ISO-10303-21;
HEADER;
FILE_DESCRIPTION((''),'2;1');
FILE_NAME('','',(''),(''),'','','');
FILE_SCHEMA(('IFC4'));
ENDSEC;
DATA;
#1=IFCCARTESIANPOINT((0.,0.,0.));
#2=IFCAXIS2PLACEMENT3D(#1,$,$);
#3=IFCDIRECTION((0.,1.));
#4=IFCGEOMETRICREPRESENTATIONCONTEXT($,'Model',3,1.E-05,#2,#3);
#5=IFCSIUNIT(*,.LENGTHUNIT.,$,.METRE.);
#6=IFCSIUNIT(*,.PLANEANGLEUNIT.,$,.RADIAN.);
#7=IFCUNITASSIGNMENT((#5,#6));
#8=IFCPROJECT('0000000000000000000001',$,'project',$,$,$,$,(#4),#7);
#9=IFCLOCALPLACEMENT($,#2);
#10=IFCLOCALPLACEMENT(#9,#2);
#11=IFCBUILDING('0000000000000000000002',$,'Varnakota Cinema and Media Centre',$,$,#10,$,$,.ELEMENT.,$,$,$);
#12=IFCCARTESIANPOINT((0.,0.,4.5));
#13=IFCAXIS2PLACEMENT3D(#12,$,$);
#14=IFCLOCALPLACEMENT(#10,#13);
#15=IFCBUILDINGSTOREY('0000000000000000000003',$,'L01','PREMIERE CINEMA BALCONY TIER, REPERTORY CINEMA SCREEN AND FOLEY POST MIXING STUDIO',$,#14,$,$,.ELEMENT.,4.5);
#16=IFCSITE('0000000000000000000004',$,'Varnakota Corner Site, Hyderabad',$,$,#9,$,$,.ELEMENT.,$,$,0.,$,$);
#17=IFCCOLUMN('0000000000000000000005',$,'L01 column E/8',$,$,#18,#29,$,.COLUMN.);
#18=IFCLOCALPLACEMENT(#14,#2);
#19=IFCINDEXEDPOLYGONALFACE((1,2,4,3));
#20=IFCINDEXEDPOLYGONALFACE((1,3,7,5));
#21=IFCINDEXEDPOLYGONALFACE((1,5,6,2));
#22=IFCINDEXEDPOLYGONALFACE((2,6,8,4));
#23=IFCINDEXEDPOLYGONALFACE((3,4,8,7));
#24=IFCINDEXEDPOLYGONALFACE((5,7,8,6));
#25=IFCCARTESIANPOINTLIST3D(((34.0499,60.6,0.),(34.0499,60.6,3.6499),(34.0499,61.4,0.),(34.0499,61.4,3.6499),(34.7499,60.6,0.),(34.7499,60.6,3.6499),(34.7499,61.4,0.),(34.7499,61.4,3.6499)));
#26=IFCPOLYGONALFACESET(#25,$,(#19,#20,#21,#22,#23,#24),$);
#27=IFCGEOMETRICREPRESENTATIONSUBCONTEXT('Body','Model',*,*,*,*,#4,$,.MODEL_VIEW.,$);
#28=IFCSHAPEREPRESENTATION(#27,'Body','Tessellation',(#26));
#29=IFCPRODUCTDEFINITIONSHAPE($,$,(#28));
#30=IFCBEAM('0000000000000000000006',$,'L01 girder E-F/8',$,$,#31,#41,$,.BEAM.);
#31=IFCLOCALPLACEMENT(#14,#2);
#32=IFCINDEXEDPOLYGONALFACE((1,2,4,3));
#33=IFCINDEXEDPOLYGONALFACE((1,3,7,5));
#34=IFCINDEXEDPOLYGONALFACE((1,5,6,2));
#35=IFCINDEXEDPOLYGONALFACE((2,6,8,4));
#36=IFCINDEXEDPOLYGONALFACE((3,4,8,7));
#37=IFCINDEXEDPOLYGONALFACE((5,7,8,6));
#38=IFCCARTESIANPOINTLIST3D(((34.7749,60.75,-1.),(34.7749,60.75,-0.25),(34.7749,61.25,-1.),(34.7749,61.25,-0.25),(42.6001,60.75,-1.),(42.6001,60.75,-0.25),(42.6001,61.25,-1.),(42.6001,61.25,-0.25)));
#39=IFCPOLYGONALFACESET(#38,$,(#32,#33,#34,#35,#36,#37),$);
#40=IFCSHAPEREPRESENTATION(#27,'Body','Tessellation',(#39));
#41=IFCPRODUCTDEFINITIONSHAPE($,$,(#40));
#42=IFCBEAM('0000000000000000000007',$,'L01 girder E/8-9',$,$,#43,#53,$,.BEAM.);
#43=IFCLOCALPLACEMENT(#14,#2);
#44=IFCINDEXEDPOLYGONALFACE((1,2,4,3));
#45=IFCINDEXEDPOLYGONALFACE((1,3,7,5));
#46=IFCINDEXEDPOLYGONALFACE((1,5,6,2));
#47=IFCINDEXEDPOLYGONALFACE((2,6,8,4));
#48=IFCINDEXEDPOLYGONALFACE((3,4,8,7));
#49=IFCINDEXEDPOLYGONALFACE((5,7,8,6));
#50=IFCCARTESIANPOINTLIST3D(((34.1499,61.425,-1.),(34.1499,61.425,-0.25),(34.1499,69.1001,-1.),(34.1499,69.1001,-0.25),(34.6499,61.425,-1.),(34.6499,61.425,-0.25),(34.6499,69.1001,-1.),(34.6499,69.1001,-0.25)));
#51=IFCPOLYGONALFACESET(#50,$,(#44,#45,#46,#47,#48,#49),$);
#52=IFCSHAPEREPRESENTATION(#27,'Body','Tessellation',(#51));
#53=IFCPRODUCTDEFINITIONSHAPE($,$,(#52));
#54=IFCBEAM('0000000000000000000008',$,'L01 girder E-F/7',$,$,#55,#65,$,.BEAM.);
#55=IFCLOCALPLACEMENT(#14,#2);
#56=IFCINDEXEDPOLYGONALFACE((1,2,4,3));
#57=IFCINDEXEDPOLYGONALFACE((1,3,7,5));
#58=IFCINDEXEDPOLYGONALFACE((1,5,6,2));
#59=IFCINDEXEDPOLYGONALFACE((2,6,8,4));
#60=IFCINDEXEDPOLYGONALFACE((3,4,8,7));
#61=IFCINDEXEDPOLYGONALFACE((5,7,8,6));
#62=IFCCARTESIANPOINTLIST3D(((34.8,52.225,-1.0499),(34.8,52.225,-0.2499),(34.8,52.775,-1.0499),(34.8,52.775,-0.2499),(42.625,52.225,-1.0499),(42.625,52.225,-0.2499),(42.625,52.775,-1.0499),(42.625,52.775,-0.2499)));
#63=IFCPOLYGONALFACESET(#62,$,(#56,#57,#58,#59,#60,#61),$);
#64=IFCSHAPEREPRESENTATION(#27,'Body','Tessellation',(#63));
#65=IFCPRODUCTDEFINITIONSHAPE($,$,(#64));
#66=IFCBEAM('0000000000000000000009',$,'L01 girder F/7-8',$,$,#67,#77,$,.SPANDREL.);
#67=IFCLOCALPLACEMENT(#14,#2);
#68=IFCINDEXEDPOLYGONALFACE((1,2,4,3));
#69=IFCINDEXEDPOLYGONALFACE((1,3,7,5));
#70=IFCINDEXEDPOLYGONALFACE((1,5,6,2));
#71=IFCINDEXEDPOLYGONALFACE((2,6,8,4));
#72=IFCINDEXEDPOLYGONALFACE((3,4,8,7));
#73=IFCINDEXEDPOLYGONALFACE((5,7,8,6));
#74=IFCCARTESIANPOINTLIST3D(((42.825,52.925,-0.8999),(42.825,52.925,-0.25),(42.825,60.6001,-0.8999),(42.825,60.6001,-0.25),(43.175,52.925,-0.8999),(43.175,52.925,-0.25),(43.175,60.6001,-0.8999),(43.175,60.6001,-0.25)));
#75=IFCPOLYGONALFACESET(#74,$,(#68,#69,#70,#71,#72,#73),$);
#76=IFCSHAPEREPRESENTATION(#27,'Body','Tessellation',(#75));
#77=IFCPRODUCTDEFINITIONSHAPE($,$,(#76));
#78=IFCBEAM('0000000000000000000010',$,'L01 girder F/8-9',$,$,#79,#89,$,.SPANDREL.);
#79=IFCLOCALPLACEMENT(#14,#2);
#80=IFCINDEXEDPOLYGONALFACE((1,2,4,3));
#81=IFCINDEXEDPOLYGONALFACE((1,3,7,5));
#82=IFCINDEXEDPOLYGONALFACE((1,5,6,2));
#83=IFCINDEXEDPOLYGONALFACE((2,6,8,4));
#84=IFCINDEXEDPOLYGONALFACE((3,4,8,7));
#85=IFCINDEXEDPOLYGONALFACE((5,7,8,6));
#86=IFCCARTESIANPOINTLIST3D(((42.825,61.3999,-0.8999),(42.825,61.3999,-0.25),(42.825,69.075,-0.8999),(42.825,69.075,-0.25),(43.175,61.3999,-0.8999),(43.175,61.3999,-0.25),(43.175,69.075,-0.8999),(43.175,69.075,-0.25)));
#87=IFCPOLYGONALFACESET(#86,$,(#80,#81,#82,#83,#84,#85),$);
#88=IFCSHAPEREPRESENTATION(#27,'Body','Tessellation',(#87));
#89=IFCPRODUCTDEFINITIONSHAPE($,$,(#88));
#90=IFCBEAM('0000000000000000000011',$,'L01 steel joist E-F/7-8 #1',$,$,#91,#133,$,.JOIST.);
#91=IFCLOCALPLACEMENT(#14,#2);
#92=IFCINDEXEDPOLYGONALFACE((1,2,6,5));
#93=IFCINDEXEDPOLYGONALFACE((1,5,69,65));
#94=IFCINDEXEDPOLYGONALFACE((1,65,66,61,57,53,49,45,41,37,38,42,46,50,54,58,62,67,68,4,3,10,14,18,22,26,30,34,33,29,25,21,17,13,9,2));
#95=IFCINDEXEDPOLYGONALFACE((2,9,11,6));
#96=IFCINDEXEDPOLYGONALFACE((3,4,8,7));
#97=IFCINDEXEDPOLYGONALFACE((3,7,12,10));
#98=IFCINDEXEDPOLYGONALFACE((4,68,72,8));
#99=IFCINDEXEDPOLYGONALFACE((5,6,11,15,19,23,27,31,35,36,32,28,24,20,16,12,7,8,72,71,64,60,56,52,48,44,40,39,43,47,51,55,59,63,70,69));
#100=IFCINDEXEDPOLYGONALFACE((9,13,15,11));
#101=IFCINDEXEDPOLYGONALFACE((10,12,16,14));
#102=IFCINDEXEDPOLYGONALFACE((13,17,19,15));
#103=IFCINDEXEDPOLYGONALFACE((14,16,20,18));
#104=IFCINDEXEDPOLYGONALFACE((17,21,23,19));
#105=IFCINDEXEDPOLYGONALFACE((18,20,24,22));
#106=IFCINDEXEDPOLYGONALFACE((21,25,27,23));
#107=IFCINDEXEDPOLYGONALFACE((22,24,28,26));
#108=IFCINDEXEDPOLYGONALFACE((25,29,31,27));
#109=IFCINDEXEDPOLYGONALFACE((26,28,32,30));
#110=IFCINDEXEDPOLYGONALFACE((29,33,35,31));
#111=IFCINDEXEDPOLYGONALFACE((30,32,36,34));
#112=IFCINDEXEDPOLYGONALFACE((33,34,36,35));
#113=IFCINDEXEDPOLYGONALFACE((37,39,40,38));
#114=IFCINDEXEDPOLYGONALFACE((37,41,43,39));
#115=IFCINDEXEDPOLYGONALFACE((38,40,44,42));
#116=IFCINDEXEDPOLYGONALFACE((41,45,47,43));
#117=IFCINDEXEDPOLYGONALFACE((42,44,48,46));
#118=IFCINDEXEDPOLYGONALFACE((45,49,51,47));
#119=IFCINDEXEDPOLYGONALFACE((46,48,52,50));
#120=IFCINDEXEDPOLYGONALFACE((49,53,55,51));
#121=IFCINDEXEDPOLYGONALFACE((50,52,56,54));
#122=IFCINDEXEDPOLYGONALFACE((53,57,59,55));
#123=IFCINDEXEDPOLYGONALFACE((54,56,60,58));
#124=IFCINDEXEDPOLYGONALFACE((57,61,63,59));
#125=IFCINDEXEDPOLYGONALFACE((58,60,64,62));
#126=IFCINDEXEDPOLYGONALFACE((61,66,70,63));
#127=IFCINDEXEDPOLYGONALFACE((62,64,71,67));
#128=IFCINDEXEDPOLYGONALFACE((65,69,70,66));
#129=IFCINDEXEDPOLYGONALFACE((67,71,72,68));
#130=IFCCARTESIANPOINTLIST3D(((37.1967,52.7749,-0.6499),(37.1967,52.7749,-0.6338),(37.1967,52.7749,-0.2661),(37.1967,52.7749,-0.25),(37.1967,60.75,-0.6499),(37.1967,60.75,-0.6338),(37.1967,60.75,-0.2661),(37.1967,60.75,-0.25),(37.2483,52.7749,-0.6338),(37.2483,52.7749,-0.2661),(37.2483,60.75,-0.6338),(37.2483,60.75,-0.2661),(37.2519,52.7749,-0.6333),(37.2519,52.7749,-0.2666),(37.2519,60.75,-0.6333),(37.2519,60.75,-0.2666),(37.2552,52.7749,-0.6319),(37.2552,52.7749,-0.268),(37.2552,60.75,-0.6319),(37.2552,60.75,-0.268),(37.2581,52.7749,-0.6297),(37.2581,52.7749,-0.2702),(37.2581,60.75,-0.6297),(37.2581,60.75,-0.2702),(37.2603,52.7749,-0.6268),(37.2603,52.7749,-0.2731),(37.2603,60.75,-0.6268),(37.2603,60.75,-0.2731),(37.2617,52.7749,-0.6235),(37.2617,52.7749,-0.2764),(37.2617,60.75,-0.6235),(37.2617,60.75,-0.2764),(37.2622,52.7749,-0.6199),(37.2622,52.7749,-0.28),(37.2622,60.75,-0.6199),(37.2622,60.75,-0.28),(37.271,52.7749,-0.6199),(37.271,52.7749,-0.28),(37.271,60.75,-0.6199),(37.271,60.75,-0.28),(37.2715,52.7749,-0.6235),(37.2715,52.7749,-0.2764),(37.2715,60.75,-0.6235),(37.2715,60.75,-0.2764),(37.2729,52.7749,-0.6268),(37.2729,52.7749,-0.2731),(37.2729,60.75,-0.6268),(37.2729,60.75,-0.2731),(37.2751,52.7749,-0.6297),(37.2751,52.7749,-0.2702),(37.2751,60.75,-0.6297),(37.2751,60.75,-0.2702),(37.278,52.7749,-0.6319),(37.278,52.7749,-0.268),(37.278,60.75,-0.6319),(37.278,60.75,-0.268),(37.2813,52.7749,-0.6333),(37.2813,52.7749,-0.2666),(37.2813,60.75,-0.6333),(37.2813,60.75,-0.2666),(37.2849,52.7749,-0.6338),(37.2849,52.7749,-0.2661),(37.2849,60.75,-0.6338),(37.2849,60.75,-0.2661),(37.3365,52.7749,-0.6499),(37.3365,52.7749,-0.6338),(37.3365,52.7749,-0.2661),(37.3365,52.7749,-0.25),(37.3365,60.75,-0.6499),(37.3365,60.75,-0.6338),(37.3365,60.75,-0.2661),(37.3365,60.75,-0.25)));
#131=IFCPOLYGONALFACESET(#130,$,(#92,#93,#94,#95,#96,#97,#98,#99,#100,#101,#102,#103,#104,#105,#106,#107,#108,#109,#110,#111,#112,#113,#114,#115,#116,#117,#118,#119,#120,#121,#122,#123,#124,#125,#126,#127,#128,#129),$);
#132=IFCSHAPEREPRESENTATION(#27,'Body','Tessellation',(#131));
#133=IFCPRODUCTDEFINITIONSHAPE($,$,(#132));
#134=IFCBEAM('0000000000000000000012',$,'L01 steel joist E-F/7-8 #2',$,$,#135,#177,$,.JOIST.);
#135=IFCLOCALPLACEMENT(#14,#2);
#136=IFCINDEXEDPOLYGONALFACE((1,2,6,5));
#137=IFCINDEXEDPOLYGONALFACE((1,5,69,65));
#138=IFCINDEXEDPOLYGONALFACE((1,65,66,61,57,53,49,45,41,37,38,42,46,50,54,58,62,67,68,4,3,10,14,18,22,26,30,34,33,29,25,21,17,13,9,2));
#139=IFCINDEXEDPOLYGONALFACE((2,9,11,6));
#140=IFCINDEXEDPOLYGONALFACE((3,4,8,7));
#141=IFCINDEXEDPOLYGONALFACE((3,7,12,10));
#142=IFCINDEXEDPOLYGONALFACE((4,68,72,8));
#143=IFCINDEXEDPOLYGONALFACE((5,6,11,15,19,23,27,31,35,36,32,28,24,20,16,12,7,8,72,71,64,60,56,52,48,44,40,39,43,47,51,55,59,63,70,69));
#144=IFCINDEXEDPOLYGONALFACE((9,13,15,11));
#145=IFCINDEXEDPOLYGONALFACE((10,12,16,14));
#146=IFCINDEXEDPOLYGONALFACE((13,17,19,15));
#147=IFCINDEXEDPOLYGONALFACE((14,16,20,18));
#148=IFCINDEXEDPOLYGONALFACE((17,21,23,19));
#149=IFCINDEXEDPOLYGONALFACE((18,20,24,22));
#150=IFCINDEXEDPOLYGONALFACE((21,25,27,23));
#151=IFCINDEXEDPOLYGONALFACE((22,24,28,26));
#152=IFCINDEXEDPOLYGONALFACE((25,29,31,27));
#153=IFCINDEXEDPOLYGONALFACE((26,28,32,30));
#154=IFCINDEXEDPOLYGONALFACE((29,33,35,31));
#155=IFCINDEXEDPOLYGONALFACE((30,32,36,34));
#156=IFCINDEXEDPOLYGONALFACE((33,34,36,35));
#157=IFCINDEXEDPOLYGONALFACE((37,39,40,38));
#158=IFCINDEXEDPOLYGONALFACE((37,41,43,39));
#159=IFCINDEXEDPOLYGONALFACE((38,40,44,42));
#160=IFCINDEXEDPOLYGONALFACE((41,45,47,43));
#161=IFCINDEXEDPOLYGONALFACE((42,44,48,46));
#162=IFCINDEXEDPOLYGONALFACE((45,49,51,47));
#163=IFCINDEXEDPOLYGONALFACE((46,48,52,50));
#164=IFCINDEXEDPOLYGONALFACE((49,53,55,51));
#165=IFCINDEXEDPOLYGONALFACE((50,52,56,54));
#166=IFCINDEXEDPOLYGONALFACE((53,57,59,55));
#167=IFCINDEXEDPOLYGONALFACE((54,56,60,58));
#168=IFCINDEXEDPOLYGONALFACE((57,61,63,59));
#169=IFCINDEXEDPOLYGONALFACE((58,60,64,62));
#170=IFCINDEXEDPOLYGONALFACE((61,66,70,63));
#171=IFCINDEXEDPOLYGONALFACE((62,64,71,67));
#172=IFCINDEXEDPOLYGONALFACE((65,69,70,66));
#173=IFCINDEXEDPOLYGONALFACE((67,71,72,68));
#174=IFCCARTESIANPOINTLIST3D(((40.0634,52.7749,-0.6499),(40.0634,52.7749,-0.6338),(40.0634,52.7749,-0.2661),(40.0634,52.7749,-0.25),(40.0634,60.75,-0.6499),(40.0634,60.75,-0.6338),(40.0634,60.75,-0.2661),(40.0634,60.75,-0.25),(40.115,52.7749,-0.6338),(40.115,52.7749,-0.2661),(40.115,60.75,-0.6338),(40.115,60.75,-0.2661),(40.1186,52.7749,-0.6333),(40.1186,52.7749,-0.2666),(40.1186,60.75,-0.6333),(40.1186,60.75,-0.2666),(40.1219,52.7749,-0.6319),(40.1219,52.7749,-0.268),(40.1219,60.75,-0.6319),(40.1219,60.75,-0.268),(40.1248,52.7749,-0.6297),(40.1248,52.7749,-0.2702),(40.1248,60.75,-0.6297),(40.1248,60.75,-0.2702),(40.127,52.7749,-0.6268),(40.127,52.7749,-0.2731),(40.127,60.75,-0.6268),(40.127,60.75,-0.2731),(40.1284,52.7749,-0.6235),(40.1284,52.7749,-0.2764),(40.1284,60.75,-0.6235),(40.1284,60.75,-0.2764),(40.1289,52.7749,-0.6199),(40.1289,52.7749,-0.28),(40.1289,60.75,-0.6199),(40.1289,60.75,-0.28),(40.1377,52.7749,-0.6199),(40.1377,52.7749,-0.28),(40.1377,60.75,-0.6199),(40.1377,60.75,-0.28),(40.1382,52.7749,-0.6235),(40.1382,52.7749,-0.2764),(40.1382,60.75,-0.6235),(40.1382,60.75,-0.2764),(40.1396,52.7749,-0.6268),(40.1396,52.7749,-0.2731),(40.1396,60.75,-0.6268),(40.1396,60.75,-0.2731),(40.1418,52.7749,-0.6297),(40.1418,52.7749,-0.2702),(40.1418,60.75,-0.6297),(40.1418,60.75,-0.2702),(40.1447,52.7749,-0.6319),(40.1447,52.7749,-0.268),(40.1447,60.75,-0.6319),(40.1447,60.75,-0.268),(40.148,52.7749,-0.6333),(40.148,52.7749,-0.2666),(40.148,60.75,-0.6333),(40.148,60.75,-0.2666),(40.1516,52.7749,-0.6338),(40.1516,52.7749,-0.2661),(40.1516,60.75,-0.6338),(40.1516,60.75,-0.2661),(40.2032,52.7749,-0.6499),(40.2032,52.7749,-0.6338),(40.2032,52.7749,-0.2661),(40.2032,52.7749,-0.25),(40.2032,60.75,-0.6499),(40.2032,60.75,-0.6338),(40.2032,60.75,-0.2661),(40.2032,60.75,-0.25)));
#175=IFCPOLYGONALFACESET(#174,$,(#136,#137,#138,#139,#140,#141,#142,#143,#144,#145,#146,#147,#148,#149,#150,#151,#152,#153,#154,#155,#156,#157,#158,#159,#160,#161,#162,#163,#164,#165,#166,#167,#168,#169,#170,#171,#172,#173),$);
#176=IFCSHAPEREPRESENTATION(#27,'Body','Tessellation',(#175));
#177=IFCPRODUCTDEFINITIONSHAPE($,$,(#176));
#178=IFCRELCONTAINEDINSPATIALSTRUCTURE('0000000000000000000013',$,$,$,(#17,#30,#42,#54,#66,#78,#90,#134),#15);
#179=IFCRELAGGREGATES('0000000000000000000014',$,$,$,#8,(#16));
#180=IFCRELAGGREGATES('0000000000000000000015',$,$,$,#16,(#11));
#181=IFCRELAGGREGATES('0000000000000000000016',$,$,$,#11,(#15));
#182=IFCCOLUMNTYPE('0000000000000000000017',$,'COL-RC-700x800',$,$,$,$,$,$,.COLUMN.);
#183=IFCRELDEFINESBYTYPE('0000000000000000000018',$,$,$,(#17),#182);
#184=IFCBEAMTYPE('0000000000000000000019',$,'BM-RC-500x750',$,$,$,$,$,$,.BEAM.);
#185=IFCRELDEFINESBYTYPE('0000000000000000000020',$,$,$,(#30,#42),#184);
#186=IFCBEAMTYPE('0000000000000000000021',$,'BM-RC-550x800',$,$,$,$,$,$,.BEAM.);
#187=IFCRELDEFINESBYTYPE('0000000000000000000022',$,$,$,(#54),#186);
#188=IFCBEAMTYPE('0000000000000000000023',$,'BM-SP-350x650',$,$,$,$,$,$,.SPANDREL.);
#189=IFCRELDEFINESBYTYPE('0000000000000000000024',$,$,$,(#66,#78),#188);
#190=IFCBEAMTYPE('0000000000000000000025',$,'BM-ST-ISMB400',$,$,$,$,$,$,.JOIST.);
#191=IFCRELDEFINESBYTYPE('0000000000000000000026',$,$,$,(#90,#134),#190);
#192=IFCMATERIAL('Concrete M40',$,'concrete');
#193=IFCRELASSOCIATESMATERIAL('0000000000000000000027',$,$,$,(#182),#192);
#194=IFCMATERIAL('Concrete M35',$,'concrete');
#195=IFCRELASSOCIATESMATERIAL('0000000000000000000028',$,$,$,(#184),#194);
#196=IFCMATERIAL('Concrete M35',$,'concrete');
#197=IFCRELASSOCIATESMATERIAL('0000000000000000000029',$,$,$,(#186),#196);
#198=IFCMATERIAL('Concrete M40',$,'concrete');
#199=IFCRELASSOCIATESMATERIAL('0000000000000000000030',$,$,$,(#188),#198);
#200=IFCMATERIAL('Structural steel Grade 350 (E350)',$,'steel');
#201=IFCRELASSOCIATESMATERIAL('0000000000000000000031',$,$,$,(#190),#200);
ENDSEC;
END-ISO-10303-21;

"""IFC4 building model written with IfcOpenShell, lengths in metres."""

from ifc_helpers import new_model, si_unit, direction, frame, origin, origin_2d, place, context, subcontext, project, spatial, rectangle, i_section, extrude, material, material_profile, profile_set, type_object, element, save


model = new_model("IFC4")

# Units and contexts
model_context = context("Model", 3, precision=1e-05, world=origin(), true_north=direction((0.0, 1.0)))
body_context = subcontext(model_context, "Body", "Model", "MODEL_VIEW")
ifc_project = project(units=[si_unit("LENGTHUNIT", "METRE"), si_unit("PLANEANGLEUNIT", "RADIAN")], contexts=[model_context])

# Site, building, storey
site_placement = place(None, origin())
site = spatial("IfcSite", under=ifc_project, at=site_placement, Name="Varnakota Corner Site, Hyderabad", CompositionType="ELEMENT", RefElevation=0.0)
building_placement = place(site_placement, origin())
building = spatial("IfcBuilding", under=site, at=building_placement, Name="Varnakota Cinema and Media Centre", CompositionType="ELEMENT")
storey_placement = place(building_placement, frame((0.0, 0.0, 4.5)))
storey = spatial("IfcBuildingStorey", under=building, at=storey_placement, Name="L01", Description="PREMIERE CINEMA BALCONY TIER, REPERTORY CINEMA SCREEN AND FOLEY POST MIXING STUDIO", CompositionType="ELEMENT", Elevation=4.5)

# Column
ifc_material_1 = material(Name="Concrete M40", Category="concrete")
ifc_material_profile_1 = material_profile(ifc_material_1, rectangle(XDim=0.7, YDim=0.8, at=origin_2d()), Name="RC 700x800")
ifc_profile_set_1 = profile_set([ifc_material_profile_1], Name="Concrete M40")
column_type = type_object("IfcColumnType", Name="COL-RC-700x800", PredefinedType="COLUMN", material=ifc_profile_set_1)
column_placement = place(storey_placement, frame((34.3999, 61.0, 0.0), z_axis=(0.0, 0.0, 1.0), x_axis=(1.0, 0.0, 0.0)))
element("IfcColumn", 1, at=column_placement, inside=storey, type_object=column_type, Name="L01 column E/8", PredefinedType="COLUMN", context=body_context, shape_type="SweptSolid", body=[
    extrude(rectangle(XDim=0.7, YDim=0.8, at=origin_2d()), origin(), (0.0, 0.0, 1.0), 3.6499),
])

# Beams
ifc_material_2 = material(Name="Concrete M35", Category="concrete")
ifc_material_profile_2 = material_profile(ifc_material_2, rectangle(XDim=0.5, YDim=0.75, at=origin_2d()), Name="RCB 500x750")
ifc_profile_set_2 = profile_set([ifc_material_profile_2], Name="Concrete M35")
beam_type_1 = type_object("IfcBeamType", Name="BM-RC-500x750", PredefinedType="BEAM", material=ifc_profile_set_2)
beam_1_placement = place(storey_placement, frame((34.7749, 61.0, -0.625), z_axis=(1.0, 0.0, 0.0), x_axis=(0.0, 1.0, 0.0)))
element("IfcBeam", 2, at=beam_1_placement, inside=storey, type_object=beam_type_1, Name="L01 girder E-F/8", PredefinedType="BEAM", context=body_context, shape_type="SweptSolid", body=[
    extrude(rectangle(XDim=0.5, YDim=0.75, at=origin_2d()), origin(), (0.0, 0.0, 1.0), 7.8252),
])
beam_2_placement = place(storey_placement, frame((34.3999, 61.425, -0.625), z_axis=(0.0, 1.0, 0.0), x_axis=(-1.0, 0.0, 0.0)))
element("IfcBeam", 3, at=beam_2_placement, inside=storey, type_object=beam_type_1, Name="L01 girder E/8-9", PredefinedType="BEAM", context=body_context, shape_type="SweptSolid", body=[
    extrude(rectangle(XDim=0.5, YDim=0.75, at=origin_2d()), origin(), (0.0, 0.0, 1.0), 7.675),
])
ifc_material_3 = material(Name="Concrete M35", Category="concrete")
ifc_material_profile_3 = material_profile(ifc_material_3, rectangle(XDim=0.55, YDim=0.8, at=origin_2d()), Name="RCB 550x800")
ifc_profile_set_3 = profile_set([ifc_material_profile_3], Name="Concrete M35")
beam_type_2 = type_object("IfcBeamType", Name="BM-RC-550x800", PredefinedType="BEAM", material=ifc_profile_set_3)
beam_3_placement = place(storey_placement, frame((34.8, 52.5, -0.6499), z_axis=(1.0, 0.0, 0.0), x_axis=(0.0, 1.0, 0.0)))
element("IfcBeam", 4, at=beam_3_placement, inside=storey, type_object=beam_type_2, Name="L01 girder E-F/7", PredefinedType="BEAM", context=body_context, shape_type="SweptSolid", body=[
    extrude(rectangle(XDim=0.55, YDim=0.8, at=origin_2d()), origin(), (0.0, 0.0, 1.0), 7.825),
])
ifc_material_4 = material(Name="Concrete M40", Category="concrete")
ifc_material_profile_4 = material_profile(ifc_material_4, rectangle(XDim=0.3501, YDim=0.6499, at=origin_2d()), Name="RCB 350x650")
ifc_profile_set_4 = profile_set([ifc_material_profile_4], Name="Concrete M40")
beam_type_3 = type_object("IfcBeamType", Name="BM-SP-350x650", PredefinedType="SPANDREL", material=ifc_profile_set_4)
for number, where, z_axis, x_axis, name in (
    (5, (43.0, 52.925, -0.575), (0.0, 1.0, 0.0), (-1.0, 0.0, 0.0), "L01 girder F/7-8"),
    (6, (43.0, 61.3999, -0.575), (0.0, 1.0, 0.0), (-1.0, 0.0, 0.0), "L01 girder F/8-9"),
):
    element("IfcBeam", number, at=place(storey_placement, frame(where, z_axis=z_axis, x_axis=x_axis)), inside=storey, type_object=beam_type_3, Name=name, PredefinedType="SPANDREL", context=body_context, shape_type="SweptSolid", body=[
        extrude(rectangle(XDim=0.3501, YDim=0.6499, at=origin_2d()), origin(), (0.0, 0.0, 1.0), 7.675),
    ])
ifc_material_5 = material(Name="Structural steel Grade 350 (E350)", Category="steel")
ifc_material_profile_5 = material_profile(ifc_material_5, i_section(OverallWidth=0.1399, OverallDepth=0.3999, WebThickness=0.0088, FlangeThickness=0.0161, FilletRadius=0.0139, at=origin_2d()), Name="ISMB 400")
ifc_profile_set_5 = profile_set([ifc_material_profile_5], Name="Structural steel Grade 350 (E350)")
beam_type_4 = type_object("IfcBeamType", Name="BM-ST-ISMB400", PredefinedType="JOIST", material=ifc_profile_set_5)
for number, where, z_axis, x_axis, name in (
    (7, (37.2666, 52.7749, -0.45), (0.0, 1.0, 0.0), (-1.0, 0.0, 0.0), "L01 steel joist E-F/7-8 #1"),
    (8, (40.1333, 52.7749, -0.45), (0.0, 1.0, 0.0), (-1.0, 0.0, 0.0), "L01 steel joist E-F/7-8 #2"),
):
    element("IfcBeam", number, at=place(storey_placement, frame(where, z_axis=z_axis, x_axis=x_axis)), inside=storey, type_object=beam_type_4, Name=name, PredefinedType="JOIST", context=body_context, shape_type="SweptSolid", body=[
        extrude(i_section(OverallWidth=0.1399, OverallDepth=0.3999, WebThickness=0.0088, FlangeThickness=0.0161, FilletRadius=0.0139, at=origin_2d()), origin(), (0.0, 0.0, 1.0), 7.9751),
    ])

save(model, "model.ifc")
